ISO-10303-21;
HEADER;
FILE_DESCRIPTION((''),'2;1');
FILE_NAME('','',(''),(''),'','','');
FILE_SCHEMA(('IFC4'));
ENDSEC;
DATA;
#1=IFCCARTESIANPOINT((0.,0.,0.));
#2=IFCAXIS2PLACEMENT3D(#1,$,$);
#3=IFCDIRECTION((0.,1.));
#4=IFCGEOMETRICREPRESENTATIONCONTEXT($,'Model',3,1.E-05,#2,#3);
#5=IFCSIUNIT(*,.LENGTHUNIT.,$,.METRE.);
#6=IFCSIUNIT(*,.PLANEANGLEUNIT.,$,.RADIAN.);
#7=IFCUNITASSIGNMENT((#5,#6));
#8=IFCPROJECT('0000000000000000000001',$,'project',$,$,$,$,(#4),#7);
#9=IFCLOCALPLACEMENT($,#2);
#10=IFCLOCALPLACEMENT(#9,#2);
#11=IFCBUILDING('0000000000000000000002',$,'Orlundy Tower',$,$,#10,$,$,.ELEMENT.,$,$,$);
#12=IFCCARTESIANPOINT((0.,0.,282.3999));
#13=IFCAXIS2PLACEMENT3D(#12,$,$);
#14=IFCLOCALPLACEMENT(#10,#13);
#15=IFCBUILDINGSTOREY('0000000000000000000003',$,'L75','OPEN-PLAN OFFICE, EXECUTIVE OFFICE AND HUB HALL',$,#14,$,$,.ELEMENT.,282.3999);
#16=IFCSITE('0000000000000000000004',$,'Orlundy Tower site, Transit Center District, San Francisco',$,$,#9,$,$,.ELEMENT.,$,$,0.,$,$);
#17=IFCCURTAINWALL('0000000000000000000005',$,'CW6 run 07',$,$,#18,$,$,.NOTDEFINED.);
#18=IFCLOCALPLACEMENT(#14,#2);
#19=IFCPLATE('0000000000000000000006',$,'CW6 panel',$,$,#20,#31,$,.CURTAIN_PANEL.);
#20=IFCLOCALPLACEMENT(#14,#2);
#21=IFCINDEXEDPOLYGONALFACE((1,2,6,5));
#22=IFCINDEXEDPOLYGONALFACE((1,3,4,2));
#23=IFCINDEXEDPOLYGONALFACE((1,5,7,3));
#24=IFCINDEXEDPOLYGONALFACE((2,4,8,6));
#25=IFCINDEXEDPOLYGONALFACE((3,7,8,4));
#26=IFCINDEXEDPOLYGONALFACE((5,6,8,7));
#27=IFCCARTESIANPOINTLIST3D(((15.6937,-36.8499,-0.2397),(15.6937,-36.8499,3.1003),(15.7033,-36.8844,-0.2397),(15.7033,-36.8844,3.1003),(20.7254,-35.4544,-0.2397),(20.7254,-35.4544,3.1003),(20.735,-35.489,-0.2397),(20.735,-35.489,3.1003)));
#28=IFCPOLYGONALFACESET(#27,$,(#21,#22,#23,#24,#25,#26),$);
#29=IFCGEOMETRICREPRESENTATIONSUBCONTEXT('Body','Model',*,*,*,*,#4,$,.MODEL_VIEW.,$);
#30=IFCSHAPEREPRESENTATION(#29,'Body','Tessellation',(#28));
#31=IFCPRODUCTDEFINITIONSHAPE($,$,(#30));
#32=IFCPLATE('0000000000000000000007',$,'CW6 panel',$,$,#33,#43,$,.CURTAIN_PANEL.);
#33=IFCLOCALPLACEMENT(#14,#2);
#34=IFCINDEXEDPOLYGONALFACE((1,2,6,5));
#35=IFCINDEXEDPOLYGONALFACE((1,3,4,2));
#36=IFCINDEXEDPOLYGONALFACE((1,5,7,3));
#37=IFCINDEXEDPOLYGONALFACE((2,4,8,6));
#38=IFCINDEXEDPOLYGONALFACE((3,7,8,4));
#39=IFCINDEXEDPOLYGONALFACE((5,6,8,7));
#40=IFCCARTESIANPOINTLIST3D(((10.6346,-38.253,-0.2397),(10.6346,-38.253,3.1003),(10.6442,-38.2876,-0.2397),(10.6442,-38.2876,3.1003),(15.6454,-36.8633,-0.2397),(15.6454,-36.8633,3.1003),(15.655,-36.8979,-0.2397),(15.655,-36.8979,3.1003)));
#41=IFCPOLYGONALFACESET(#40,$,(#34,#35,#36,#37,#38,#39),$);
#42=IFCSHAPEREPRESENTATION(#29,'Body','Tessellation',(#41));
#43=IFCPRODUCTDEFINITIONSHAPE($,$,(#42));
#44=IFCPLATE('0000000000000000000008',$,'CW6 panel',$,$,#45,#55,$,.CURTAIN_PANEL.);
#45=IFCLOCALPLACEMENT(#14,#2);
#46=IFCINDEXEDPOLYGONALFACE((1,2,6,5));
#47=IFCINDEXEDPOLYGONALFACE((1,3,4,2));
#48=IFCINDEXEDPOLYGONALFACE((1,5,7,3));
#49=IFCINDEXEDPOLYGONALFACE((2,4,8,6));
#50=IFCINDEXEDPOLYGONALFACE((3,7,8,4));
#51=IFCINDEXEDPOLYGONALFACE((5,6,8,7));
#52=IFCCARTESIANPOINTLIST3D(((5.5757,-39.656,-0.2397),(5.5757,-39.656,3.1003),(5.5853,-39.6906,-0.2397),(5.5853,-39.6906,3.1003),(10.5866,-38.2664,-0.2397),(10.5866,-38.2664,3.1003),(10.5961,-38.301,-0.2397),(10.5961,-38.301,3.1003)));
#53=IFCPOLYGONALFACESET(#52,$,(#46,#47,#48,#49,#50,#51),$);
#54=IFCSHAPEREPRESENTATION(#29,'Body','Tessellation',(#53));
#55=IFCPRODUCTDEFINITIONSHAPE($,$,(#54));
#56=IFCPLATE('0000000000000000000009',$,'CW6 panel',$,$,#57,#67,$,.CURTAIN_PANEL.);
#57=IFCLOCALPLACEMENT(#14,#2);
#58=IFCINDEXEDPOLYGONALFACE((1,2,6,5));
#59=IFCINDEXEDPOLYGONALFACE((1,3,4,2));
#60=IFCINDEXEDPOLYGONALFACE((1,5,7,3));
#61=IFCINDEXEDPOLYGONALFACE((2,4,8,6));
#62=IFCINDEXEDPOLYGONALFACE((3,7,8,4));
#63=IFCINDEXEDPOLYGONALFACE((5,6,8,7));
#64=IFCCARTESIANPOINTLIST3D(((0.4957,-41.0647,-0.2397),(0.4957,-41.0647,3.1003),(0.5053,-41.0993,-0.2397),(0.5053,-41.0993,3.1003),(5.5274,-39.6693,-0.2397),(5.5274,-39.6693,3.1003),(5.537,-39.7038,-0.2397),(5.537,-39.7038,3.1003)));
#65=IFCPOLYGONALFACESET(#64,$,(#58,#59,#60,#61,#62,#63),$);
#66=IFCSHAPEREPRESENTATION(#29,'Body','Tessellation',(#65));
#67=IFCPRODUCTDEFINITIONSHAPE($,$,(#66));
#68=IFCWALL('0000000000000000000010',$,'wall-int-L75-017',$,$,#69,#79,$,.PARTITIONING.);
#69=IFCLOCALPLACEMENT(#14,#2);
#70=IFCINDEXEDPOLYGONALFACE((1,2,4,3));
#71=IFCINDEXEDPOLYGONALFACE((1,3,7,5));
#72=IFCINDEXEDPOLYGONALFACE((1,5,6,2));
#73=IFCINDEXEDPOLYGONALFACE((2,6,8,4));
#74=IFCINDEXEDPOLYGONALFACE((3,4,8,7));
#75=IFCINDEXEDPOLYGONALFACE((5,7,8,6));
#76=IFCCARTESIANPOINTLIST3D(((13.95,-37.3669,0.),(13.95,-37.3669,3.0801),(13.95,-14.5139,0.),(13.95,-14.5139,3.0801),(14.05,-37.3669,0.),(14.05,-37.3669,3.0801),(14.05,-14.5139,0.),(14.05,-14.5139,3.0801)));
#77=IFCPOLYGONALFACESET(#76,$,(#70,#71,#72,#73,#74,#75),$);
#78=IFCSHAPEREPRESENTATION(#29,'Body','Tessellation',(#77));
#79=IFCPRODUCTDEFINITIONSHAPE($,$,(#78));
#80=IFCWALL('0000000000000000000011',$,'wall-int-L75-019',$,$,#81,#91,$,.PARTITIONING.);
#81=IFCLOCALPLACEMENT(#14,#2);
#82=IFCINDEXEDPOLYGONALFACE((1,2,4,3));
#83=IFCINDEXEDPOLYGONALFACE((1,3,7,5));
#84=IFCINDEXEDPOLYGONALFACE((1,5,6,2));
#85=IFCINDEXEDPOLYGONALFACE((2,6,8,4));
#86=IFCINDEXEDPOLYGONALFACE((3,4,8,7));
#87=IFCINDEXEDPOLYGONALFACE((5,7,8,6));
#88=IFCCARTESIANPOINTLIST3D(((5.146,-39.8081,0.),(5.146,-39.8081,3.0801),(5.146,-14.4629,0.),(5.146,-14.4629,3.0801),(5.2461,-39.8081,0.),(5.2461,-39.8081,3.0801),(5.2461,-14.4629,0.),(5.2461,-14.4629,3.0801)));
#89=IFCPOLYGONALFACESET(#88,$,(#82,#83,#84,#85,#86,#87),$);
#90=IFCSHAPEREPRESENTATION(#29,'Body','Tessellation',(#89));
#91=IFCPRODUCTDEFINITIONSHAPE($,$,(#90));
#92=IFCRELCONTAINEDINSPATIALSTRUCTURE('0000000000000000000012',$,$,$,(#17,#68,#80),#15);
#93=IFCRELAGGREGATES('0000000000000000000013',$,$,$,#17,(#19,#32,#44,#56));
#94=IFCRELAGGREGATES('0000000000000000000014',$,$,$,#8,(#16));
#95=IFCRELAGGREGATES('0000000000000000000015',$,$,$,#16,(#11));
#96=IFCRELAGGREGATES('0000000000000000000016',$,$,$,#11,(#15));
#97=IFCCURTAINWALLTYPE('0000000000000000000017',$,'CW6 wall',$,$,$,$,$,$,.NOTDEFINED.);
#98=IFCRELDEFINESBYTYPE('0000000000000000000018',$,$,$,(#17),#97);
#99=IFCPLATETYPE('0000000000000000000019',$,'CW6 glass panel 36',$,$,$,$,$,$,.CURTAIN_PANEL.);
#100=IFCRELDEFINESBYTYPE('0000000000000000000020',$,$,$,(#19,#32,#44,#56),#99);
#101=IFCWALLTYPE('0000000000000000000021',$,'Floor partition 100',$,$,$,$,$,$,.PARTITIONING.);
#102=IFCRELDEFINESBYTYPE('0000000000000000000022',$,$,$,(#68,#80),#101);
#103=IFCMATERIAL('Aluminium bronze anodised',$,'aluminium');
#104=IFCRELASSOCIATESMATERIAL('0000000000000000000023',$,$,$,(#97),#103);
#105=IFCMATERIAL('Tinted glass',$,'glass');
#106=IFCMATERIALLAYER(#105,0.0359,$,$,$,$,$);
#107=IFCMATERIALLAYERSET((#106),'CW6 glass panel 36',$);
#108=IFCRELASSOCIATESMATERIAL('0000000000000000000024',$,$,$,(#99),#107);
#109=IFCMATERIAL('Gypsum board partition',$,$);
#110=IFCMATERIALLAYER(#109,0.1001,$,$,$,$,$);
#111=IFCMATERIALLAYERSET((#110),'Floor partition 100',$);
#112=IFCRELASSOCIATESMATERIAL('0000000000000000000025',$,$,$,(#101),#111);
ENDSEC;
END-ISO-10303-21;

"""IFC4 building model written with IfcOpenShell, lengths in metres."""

from ifc_helpers import new_model, si_unit, direction, frame, frame_2d, origin, origin_2d, place, context, subcontext, project, spatial, rectangle, extrude, material, layer, layer_set, type_object, element, aggregate, save


model = new_model("IFC4")

# Units and contexts
model_context = context("Model", 3, precision=1e-05, world=origin(), true_north=direction((0.0, 1.0)))
body_context = subcontext(model_context, "Body", "Model", "MODEL_VIEW")
ifc_project = project(units=[si_unit("LENGTHUNIT", "METRE"), si_unit("PLANEANGLEUNIT", "RADIAN")], contexts=[model_context])

# Site, building, storey
site_placement = place(None, origin())
site = spatial("IfcSite", under=ifc_project, at=site_placement, Name="Orlundy Tower site, Transit Center District, San Francisco", CompositionType="ELEMENT", RefElevation=0.0)
building_placement = place(site_placement, origin())
building = spatial("IfcBuilding", under=site, at=building_placement, Name="Orlundy Tower", CompositionType="ELEMENT")
storey_placement = place(building_placement, frame((0.0, 0.0, 282.3999)))
storey = spatial("IfcBuildingStorey", under=building, at=storey_placement, Name="L75", Description="OPEN-PLAN OFFICE, EXECUTIVE OFFICE AND HUB HALL", CompositionType="ELEMENT", Elevation=282.3999)

# Shared definitions
ifc_material_1 = material(Name="Aluminium bronze anodised", Category="aluminium")
curtain_wall_type = type_object("IfcCurtainWallType", Name="CW6 wall", PredefinedType="NOTDEFINED", material=ifc_material_1)

# Curtain wall
curtain_wall_1_placement = place(storey_placement, origin())
curtain_wall_1 = element("IfcCurtainWall", 1, at=curtain_wall_1_placement, inside=storey, type_object=curtain_wall_type, Name="CW6 run 07", PredefinedType="NOTDEFINED")

# Plates
ifc_material_2 = material(Name="Tinted glass", Category="glass")
ifc_layer_1 = layer(ifc_material_2, 0.0359)
ifc_layer_set_1 = layer_set([ifc_layer_1], Name="CW6 glass panel 36")
plate_type = type_object("IfcPlateType", Name="CW6 glass panel 36", PredefinedType="CURTAIN_PANEL", material=ifc_layer_set_1)
plate_1_placement = place(storey_placement, frame((18.2144, -36.1694, -0.2397), z_axis=(0.0, 0.0, 1.0), x_axis=(-0.96363, -0.267241, 0.0)))
plate_1 = element("IfcPlate", 2, at=plate_1_placement, type_object=plate_type, Name="CW6 panel", PredefinedType="CURTAIN_PANEL", context=body_context, shape_type="SweptSolid", body=[
    extrude(rectangle(XDim=5.2217, YDim=0.0359, at=origin_2d()), origin(), (0.0, 0.0, 1.0), 3.3401),
])
plate_2_placement = place(storey_placement, frame((13.1448, -37.5754, -0.2397), z_axis=(0.0, 0.0, 1.0), x_axis=(-0.96363, -0.267241, 0.0)))
plate_2 = element("IfcPlate", 3, at=plate_2_placement, type_object=plate_type, Name="CW6 panel", PredefinedType="CURTAIN_PANEL", context=body_context, shape_type="SweptSolid", body=[
    extrude(rectangle(XDim=5.2, YDim=0.0359, at=origin_2d()), origin(), (0.0, 0.0, 1.0), 3.3401),
])
plate_3_placement = place(storey_placement, frame((8.0859, -38.9785, -0.2397), z_axis=(0.0, 0.0, 1.0), x_axis=(-0.96363, -0.267241, 0.0)))
plate_3 = element("IfcPlate", 4, at=plate_3_placement, type_object=plate_type, Name="CW6 panel", PredefinedType="CURTAIN_PANEL", context=body_context, shape_type="SweptSolid", body=[
    extrude(rectangle(XDim=5.2, YDim=0.0359, at=origin_2d()), origin(), (0.0, 0.0, 1.0), 3.3401),
])
plate_4_placement = place(storey_placement, frame((3.0164, -40.3843, -0.2397), z_axis=(0.0, 0.0, 1.0), x_axis=(-0.96363, -0.267241, 0.0)))
plate_4 = element("IfcPlate", 5, at=plate_4_placement, type_object=plate_type, Name="CW6 panel", PredefinedType="CURTAIN_PANEL", context=body_context, shape_type="SweptSolid", body=[
    extrude(rectangle(XDim=5.2217, YDim=0.0359, at=origin_2d()), origin(), (0.0, 0.0, 1.0), 3.3401),
])
aggregate(curtain_wall_1, [plate_1, plate_2, plate_3, plate_4])

# Walls
ifc_material_3 = material(Name="Gypsum board partition")
ifc_layer_2 = layer(ifc_material_3, 0.1001)
ifc_layer_set_2 = layer_set([ifc_layer_2], Name="Floor partition 100")
wall_type = type_object("IfcWallType", Name="Floor partition 100", PredefinedType="PARTITIONING", material=ifc_layer_set_2)
wall_1_placement = place(storey_placement, frame((14.0, -37.3669, 0.0), z_axis=(0.0, 0.0, 1.0), x_axis=(0.0, 1.0, 0.0)))
element("IfcWall", 6, at=wall_1_placement, inside=storey, type_object=wall_type, Name="wall-int-L75-017", PredefinedType="PARTITIONING", context=body_context, shape_type="SweptSolid", body=[
    extrude(rectangle(XDim=22.853, YDim=0.1001, at=frame_2d((11.4265, 0.0))), origin(), (0.0, 0.0, 1.0), 3.0801),
])
wall_2_placement = place(storey_placement, frame((5.196, -39.8081, 0.0), z_axis=(0.0, 0.0, 1.0), x_axis=(0.0, 1.0, 0.0)))
element("IfcWall", 7, at=wall_2_placement, inside=storey, type_object=wall_type, Name="wall-int-L75-019", PredefinedType="PARTITIONING", context=body_context, shape_type="SweptSolid", body=[
    extrude(rectangle(XDim=25.3452, YDim=0.1001, at=frame_2d((12.6726, 0.0))), origin(), (0.0, 0.0, 1.0), 3.0801),
])

save(model, "model.ifc")
